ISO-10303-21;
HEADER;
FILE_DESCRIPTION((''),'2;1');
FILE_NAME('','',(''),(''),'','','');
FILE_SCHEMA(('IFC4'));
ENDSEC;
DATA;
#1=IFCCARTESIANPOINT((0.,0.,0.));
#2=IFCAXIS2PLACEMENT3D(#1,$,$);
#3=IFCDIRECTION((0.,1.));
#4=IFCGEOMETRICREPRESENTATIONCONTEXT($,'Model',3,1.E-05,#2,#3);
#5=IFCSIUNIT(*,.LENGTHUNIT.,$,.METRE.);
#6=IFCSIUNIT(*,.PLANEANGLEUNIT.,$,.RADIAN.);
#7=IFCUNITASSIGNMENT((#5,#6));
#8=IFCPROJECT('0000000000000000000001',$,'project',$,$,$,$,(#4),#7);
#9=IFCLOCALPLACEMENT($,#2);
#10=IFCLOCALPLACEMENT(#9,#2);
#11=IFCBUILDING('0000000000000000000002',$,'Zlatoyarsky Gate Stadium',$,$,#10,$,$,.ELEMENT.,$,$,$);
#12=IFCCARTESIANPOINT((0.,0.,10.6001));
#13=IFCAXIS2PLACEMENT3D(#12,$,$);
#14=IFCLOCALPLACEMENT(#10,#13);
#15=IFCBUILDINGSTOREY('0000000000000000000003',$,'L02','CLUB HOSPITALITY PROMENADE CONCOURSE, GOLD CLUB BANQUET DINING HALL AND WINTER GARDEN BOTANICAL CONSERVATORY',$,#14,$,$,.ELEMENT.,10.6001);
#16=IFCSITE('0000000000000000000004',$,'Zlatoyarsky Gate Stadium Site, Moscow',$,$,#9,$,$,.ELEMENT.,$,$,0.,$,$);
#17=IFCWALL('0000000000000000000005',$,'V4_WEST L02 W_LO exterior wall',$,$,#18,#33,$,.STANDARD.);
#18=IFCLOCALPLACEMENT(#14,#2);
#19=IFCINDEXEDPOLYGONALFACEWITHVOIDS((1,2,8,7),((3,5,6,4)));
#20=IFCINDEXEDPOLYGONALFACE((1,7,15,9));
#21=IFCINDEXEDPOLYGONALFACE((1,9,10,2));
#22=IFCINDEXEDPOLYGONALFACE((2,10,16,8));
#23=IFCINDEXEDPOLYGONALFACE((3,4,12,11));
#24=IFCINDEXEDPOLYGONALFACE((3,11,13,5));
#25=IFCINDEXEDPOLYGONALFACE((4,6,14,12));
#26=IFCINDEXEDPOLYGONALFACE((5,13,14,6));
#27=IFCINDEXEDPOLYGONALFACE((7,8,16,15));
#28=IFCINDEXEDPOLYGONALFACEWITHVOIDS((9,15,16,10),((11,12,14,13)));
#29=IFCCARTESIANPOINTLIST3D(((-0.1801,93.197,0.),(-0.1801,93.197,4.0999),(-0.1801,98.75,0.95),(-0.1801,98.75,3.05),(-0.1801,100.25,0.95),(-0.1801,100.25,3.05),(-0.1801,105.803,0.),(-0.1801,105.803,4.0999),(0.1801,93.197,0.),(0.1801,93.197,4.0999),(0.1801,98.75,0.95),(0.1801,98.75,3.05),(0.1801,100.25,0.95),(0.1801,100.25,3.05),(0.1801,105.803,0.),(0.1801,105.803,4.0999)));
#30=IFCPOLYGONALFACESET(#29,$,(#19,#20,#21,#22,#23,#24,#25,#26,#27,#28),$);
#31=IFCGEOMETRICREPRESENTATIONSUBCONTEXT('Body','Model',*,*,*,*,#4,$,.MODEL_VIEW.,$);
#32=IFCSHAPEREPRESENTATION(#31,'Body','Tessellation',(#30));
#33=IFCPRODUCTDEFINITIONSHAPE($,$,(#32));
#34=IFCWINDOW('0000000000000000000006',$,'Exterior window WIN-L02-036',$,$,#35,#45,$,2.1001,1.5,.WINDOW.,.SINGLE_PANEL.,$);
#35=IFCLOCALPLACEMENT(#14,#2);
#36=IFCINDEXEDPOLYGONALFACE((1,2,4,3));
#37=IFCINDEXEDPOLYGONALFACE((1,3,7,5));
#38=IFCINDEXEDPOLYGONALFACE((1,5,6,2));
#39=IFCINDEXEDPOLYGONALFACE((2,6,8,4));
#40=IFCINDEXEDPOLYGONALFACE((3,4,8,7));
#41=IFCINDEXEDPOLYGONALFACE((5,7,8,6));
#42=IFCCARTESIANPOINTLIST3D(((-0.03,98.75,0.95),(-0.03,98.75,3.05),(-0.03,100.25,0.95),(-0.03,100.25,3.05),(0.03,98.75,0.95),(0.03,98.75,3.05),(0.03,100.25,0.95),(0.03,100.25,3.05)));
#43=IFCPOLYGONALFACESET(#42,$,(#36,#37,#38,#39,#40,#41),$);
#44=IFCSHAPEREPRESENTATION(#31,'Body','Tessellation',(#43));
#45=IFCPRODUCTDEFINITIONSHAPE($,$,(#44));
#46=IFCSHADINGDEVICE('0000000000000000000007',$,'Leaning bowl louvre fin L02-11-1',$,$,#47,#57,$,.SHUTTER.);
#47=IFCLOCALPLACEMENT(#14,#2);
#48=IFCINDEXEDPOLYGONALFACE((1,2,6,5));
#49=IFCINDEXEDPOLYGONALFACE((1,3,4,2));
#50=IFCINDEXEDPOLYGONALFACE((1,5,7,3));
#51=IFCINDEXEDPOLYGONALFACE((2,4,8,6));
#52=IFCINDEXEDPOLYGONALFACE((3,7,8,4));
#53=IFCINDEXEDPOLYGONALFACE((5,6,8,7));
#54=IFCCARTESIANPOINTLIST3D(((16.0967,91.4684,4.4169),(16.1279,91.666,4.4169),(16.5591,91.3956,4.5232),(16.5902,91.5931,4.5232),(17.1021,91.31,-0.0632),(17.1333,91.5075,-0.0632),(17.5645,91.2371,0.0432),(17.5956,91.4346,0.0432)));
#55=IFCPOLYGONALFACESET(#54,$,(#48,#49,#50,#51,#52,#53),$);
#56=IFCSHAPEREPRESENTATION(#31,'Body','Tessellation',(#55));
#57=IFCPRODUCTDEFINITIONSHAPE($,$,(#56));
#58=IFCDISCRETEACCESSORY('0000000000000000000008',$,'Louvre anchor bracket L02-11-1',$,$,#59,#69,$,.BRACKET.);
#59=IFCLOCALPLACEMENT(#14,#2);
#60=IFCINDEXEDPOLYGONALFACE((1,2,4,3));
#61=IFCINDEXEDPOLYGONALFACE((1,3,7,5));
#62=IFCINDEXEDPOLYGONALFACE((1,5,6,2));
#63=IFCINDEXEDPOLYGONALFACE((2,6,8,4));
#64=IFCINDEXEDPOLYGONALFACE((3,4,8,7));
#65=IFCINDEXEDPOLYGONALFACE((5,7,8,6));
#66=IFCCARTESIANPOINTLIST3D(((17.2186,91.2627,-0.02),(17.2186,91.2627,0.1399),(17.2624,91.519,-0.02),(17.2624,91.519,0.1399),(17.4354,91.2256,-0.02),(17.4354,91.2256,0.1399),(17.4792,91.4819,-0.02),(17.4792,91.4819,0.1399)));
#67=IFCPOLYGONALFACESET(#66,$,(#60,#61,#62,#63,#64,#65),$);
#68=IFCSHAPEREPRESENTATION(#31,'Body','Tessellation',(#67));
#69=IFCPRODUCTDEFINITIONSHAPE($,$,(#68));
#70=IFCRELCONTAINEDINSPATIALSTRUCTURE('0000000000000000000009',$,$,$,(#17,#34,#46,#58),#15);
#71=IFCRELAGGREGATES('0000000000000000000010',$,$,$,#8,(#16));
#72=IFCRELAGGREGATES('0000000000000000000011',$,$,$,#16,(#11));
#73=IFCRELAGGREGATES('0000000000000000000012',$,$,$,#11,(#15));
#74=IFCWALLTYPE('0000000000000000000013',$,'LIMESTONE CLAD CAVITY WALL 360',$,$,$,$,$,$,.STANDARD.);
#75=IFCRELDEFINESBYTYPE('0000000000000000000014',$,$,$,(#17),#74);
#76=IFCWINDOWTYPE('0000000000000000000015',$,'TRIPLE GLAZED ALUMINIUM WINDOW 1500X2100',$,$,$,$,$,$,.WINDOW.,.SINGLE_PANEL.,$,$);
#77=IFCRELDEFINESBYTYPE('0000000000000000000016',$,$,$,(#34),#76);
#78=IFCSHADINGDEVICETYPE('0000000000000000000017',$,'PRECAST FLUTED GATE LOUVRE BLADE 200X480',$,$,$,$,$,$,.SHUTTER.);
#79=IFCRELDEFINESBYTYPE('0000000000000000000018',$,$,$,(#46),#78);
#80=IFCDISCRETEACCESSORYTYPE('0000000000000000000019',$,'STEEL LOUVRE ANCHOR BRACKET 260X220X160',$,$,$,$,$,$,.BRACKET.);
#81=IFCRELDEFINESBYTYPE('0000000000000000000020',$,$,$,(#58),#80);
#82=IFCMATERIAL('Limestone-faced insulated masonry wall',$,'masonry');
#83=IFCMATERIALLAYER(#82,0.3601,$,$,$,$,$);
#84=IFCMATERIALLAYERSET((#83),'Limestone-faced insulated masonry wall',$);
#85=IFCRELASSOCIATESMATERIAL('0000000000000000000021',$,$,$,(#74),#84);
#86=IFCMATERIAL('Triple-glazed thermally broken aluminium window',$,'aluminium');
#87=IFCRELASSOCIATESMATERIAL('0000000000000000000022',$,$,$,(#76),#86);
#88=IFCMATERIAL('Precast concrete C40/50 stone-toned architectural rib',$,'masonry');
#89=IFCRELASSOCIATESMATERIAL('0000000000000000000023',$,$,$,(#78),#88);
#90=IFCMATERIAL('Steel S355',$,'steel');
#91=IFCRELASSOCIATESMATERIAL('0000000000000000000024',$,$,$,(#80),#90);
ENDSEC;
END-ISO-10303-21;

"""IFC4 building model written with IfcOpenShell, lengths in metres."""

from ifc_helpers import new_model, si_unit, direction, frame, frame_2d, origin, origin_2d, place, context, subcontext, project, spatial, rectangle, extrude, material, layer, layer_set, material_profile, profile_set, type_object, element, fill, save


model = new_model("IFC4")

# Units and contexts
model_context = context("Model", 3, precision=1e-05, world=origin(), true_north=direction((0.0, 1.0)))
body_context = subcontext(model_context, "Body", "Model", "MODEL_VIEW")
ifc_project = project(units=[si_unit("LENGTHUNIT", "METRE"), si_unit("PLANEANGLEUNIT", "RADIAN")], contexts=[model_context])

# Site, building, storey
site_placement = place(None, origin())
site = spatial("IfcSite", under=ifc_project, at=site_placement, Name="Zlatoyarsky Gate Stadium Site, Moscow", CompositionType="ELEMENT", RefElevation=0.0)
building_placement = place(site_placement, origin())
building = spatial("IfcBuilding", under=site, at=building_placement, Name="Zlatoyarsky Gate Stadium", CompositionType="ELEMENT")
storey_placement = place(building_placement, frame((0.0, 0.0, 10.6001)))
storey = spatial("IfcBuildingStorey", under=building, at=storey_placement, Name="L02", Description="CLUB HOSPITALITY PROMENADE CONCOURSE, GOLD CLUB BANQUET DINING HALL AND WINTER GARDEN BOTANICAL CONSERVATORY", CompositionType="ELEMENT", Elevation=10.6001)

# Shared definitions
ifc_material_1 = material(Name="Steel S355", Category="steel")

# Wall, opening, window
ifc_material_2 = material(Name="Limestone-faced insulated masonry wall", Category="masonry")
ifc_layer_1 = layer(ifc_material_2, 0.3601)
ifc_layer_set_1 = layer_set([ifc_layer_1], Name="Limestone-faced insulated masonry wall")
wall_type = type_object("IfcWallType", Name="LIMESTONE CLAD CAVITY WALL 360", PredefinedType="STANDARD", material=ifc_layer_set_1)
wall_placement = place(storey_placement, frame((0.0, 93.197, 0.0), z_axis=(0.0, 0.0, 1.0), x_axis=(0.0, 1.0, 0.0)))
wall = element("IfcWall", 1, at=wall_placement, inside=storey, type_object=wall_type, Name="V4_WEST L02 W_LO exterior wall", PredefinedType="STANDARD", context=body_context, shape_type="SweptSolid", body=[
    extrude(rectangle(XDim=12.606, YDim=0.3601, at=frame_2d((6.303, 0.0))), origin(), (0.0, 0.0, 1.0), 4.0999),
])
opening_placement = place(wall_placement, frame((5.553, 0.0, 0.95)))
opening = element("IfcOpeningElement", 2, at=opening_placement, cuts=wall, PredefinedType="OPENING", context=body_context, shape_type="SweptSolid", body=[
    extrude(rectangle(XDim=1.5, YDim=2.1001, at=frame_2d((0.75, 1.05))), frame((0.0, 0.1899, 0.0), z_axis=(0.0, -1.0, 0.0), x_axis=(1.0, 0.0, 0.0)), (0.0, 0.0, 1.0), 0.3801),
])
ifc_material_3 = material(Name="Triple-glazed thermally broken aluminium window", Category="aluminium")
window_type = type_object("IfcWindowType", Name="TRIPLE GLAZED ALUMINIUM WINDOW 1500X2100", PartitioningType="SINGLE_PANEL", PredefinedType="WINDOW", material=ifc_material_3)
window_placement = place(opening_placement, origin())
window = element("IfcWindow", 3, at=window_placement, inside=storey, type_object=window_type, Name="Exterior window WIN-L02-036", OverallHeight=2.1001, OverallWidth=1.5, PartitioningType="SINGLE_PANEL", PredefinedType="WINDOW", context=body_context, shape_type="SweptSolid", body=[
    extrude(rectangle(XDim=1.5, YDim=2.1001, at=frame_2d((0.75, 1.05))), frame((0.0, 0.03, 0.0), z_axis=(0.0, -1.0, 0.0), x_axis=(1.0, 0.0, 0.0)), (0.0, 0.0, 1.0), 0.0601),
])
fill(opening, window)

# Shading device
ifc_material_4 = material(Name="Precast concrete C40/50 stone-toned architectural rib", Category="masonry")
ifc_material_profile_1 = material_profile(ifc_material_4, rectangle(XDim=0.2, YDim=0.48, at=origin_2d()), Name="RIB 200X480")
ifc_profile_set_1 = profile_set([ifc_material_profile_1], Name="Precast concrete C40/50 stone-toned architectural rib")
shading_device_type = type_object("IfcShadingDeviceType", Name="PRECAST FLUTED GATE LOUVRE BLADE 200X480", PredefinedType="SHUTTER", material=ifc_profile_set_1)
shading_device_placement = place(storey_placement, frame((17.3489, 91.3723, -0.01), z_axis=(-0.218838, 0.034489, 0.975152), x_axis=(-0.155679, -0.987808, 0.0)))
element("IfcShadingDevice", 4, at=shading_device_placement, inside=storey, type_object=shading_device_type, Name="Leaning bowl louvre fin L02-11-1", PredefinedType="SHUTTER", context=body_context, shape_type="SweptSolid", body=[
    extrude(rectangle(XDim=0.2, YDim=0.48, at=origin_2d()), origin(), (0.0, 0.0, 1.0), 4.5942),
])

# Discrete accessory
discrete_accessory_type = type_object("IfcDiscreteAccessoryType", Name="STEEL LOUVRE ANCHOR BRACKET 260X220X160", PredefinedType="BRACKET", material=ifc_material_1)
discrete_accessory_placement = place(storey_placement, frame((17.3489, 91.3723, -0.02), z_axis=(0.0, 0.0, 1.0), x_axis=(-0.168563, -0.985691, 0.0)))
element("IfcDiscreteAccessory", 5, at=discrete_accessory_placement, inside=storey, type_object=discrete_accessory_type, Name="Louvre anchor bracket L02-11-1", PredefinedType="BRACKET", context=body_context, shape_type="SweptSolid", body=[
    extrude(rectangle(XDim=0.26, YDim=0.22, at=origin_2d()), origin(), (0.0, 0.0, 1.0), 0.1599),
])

save(model, "model.ifc")
